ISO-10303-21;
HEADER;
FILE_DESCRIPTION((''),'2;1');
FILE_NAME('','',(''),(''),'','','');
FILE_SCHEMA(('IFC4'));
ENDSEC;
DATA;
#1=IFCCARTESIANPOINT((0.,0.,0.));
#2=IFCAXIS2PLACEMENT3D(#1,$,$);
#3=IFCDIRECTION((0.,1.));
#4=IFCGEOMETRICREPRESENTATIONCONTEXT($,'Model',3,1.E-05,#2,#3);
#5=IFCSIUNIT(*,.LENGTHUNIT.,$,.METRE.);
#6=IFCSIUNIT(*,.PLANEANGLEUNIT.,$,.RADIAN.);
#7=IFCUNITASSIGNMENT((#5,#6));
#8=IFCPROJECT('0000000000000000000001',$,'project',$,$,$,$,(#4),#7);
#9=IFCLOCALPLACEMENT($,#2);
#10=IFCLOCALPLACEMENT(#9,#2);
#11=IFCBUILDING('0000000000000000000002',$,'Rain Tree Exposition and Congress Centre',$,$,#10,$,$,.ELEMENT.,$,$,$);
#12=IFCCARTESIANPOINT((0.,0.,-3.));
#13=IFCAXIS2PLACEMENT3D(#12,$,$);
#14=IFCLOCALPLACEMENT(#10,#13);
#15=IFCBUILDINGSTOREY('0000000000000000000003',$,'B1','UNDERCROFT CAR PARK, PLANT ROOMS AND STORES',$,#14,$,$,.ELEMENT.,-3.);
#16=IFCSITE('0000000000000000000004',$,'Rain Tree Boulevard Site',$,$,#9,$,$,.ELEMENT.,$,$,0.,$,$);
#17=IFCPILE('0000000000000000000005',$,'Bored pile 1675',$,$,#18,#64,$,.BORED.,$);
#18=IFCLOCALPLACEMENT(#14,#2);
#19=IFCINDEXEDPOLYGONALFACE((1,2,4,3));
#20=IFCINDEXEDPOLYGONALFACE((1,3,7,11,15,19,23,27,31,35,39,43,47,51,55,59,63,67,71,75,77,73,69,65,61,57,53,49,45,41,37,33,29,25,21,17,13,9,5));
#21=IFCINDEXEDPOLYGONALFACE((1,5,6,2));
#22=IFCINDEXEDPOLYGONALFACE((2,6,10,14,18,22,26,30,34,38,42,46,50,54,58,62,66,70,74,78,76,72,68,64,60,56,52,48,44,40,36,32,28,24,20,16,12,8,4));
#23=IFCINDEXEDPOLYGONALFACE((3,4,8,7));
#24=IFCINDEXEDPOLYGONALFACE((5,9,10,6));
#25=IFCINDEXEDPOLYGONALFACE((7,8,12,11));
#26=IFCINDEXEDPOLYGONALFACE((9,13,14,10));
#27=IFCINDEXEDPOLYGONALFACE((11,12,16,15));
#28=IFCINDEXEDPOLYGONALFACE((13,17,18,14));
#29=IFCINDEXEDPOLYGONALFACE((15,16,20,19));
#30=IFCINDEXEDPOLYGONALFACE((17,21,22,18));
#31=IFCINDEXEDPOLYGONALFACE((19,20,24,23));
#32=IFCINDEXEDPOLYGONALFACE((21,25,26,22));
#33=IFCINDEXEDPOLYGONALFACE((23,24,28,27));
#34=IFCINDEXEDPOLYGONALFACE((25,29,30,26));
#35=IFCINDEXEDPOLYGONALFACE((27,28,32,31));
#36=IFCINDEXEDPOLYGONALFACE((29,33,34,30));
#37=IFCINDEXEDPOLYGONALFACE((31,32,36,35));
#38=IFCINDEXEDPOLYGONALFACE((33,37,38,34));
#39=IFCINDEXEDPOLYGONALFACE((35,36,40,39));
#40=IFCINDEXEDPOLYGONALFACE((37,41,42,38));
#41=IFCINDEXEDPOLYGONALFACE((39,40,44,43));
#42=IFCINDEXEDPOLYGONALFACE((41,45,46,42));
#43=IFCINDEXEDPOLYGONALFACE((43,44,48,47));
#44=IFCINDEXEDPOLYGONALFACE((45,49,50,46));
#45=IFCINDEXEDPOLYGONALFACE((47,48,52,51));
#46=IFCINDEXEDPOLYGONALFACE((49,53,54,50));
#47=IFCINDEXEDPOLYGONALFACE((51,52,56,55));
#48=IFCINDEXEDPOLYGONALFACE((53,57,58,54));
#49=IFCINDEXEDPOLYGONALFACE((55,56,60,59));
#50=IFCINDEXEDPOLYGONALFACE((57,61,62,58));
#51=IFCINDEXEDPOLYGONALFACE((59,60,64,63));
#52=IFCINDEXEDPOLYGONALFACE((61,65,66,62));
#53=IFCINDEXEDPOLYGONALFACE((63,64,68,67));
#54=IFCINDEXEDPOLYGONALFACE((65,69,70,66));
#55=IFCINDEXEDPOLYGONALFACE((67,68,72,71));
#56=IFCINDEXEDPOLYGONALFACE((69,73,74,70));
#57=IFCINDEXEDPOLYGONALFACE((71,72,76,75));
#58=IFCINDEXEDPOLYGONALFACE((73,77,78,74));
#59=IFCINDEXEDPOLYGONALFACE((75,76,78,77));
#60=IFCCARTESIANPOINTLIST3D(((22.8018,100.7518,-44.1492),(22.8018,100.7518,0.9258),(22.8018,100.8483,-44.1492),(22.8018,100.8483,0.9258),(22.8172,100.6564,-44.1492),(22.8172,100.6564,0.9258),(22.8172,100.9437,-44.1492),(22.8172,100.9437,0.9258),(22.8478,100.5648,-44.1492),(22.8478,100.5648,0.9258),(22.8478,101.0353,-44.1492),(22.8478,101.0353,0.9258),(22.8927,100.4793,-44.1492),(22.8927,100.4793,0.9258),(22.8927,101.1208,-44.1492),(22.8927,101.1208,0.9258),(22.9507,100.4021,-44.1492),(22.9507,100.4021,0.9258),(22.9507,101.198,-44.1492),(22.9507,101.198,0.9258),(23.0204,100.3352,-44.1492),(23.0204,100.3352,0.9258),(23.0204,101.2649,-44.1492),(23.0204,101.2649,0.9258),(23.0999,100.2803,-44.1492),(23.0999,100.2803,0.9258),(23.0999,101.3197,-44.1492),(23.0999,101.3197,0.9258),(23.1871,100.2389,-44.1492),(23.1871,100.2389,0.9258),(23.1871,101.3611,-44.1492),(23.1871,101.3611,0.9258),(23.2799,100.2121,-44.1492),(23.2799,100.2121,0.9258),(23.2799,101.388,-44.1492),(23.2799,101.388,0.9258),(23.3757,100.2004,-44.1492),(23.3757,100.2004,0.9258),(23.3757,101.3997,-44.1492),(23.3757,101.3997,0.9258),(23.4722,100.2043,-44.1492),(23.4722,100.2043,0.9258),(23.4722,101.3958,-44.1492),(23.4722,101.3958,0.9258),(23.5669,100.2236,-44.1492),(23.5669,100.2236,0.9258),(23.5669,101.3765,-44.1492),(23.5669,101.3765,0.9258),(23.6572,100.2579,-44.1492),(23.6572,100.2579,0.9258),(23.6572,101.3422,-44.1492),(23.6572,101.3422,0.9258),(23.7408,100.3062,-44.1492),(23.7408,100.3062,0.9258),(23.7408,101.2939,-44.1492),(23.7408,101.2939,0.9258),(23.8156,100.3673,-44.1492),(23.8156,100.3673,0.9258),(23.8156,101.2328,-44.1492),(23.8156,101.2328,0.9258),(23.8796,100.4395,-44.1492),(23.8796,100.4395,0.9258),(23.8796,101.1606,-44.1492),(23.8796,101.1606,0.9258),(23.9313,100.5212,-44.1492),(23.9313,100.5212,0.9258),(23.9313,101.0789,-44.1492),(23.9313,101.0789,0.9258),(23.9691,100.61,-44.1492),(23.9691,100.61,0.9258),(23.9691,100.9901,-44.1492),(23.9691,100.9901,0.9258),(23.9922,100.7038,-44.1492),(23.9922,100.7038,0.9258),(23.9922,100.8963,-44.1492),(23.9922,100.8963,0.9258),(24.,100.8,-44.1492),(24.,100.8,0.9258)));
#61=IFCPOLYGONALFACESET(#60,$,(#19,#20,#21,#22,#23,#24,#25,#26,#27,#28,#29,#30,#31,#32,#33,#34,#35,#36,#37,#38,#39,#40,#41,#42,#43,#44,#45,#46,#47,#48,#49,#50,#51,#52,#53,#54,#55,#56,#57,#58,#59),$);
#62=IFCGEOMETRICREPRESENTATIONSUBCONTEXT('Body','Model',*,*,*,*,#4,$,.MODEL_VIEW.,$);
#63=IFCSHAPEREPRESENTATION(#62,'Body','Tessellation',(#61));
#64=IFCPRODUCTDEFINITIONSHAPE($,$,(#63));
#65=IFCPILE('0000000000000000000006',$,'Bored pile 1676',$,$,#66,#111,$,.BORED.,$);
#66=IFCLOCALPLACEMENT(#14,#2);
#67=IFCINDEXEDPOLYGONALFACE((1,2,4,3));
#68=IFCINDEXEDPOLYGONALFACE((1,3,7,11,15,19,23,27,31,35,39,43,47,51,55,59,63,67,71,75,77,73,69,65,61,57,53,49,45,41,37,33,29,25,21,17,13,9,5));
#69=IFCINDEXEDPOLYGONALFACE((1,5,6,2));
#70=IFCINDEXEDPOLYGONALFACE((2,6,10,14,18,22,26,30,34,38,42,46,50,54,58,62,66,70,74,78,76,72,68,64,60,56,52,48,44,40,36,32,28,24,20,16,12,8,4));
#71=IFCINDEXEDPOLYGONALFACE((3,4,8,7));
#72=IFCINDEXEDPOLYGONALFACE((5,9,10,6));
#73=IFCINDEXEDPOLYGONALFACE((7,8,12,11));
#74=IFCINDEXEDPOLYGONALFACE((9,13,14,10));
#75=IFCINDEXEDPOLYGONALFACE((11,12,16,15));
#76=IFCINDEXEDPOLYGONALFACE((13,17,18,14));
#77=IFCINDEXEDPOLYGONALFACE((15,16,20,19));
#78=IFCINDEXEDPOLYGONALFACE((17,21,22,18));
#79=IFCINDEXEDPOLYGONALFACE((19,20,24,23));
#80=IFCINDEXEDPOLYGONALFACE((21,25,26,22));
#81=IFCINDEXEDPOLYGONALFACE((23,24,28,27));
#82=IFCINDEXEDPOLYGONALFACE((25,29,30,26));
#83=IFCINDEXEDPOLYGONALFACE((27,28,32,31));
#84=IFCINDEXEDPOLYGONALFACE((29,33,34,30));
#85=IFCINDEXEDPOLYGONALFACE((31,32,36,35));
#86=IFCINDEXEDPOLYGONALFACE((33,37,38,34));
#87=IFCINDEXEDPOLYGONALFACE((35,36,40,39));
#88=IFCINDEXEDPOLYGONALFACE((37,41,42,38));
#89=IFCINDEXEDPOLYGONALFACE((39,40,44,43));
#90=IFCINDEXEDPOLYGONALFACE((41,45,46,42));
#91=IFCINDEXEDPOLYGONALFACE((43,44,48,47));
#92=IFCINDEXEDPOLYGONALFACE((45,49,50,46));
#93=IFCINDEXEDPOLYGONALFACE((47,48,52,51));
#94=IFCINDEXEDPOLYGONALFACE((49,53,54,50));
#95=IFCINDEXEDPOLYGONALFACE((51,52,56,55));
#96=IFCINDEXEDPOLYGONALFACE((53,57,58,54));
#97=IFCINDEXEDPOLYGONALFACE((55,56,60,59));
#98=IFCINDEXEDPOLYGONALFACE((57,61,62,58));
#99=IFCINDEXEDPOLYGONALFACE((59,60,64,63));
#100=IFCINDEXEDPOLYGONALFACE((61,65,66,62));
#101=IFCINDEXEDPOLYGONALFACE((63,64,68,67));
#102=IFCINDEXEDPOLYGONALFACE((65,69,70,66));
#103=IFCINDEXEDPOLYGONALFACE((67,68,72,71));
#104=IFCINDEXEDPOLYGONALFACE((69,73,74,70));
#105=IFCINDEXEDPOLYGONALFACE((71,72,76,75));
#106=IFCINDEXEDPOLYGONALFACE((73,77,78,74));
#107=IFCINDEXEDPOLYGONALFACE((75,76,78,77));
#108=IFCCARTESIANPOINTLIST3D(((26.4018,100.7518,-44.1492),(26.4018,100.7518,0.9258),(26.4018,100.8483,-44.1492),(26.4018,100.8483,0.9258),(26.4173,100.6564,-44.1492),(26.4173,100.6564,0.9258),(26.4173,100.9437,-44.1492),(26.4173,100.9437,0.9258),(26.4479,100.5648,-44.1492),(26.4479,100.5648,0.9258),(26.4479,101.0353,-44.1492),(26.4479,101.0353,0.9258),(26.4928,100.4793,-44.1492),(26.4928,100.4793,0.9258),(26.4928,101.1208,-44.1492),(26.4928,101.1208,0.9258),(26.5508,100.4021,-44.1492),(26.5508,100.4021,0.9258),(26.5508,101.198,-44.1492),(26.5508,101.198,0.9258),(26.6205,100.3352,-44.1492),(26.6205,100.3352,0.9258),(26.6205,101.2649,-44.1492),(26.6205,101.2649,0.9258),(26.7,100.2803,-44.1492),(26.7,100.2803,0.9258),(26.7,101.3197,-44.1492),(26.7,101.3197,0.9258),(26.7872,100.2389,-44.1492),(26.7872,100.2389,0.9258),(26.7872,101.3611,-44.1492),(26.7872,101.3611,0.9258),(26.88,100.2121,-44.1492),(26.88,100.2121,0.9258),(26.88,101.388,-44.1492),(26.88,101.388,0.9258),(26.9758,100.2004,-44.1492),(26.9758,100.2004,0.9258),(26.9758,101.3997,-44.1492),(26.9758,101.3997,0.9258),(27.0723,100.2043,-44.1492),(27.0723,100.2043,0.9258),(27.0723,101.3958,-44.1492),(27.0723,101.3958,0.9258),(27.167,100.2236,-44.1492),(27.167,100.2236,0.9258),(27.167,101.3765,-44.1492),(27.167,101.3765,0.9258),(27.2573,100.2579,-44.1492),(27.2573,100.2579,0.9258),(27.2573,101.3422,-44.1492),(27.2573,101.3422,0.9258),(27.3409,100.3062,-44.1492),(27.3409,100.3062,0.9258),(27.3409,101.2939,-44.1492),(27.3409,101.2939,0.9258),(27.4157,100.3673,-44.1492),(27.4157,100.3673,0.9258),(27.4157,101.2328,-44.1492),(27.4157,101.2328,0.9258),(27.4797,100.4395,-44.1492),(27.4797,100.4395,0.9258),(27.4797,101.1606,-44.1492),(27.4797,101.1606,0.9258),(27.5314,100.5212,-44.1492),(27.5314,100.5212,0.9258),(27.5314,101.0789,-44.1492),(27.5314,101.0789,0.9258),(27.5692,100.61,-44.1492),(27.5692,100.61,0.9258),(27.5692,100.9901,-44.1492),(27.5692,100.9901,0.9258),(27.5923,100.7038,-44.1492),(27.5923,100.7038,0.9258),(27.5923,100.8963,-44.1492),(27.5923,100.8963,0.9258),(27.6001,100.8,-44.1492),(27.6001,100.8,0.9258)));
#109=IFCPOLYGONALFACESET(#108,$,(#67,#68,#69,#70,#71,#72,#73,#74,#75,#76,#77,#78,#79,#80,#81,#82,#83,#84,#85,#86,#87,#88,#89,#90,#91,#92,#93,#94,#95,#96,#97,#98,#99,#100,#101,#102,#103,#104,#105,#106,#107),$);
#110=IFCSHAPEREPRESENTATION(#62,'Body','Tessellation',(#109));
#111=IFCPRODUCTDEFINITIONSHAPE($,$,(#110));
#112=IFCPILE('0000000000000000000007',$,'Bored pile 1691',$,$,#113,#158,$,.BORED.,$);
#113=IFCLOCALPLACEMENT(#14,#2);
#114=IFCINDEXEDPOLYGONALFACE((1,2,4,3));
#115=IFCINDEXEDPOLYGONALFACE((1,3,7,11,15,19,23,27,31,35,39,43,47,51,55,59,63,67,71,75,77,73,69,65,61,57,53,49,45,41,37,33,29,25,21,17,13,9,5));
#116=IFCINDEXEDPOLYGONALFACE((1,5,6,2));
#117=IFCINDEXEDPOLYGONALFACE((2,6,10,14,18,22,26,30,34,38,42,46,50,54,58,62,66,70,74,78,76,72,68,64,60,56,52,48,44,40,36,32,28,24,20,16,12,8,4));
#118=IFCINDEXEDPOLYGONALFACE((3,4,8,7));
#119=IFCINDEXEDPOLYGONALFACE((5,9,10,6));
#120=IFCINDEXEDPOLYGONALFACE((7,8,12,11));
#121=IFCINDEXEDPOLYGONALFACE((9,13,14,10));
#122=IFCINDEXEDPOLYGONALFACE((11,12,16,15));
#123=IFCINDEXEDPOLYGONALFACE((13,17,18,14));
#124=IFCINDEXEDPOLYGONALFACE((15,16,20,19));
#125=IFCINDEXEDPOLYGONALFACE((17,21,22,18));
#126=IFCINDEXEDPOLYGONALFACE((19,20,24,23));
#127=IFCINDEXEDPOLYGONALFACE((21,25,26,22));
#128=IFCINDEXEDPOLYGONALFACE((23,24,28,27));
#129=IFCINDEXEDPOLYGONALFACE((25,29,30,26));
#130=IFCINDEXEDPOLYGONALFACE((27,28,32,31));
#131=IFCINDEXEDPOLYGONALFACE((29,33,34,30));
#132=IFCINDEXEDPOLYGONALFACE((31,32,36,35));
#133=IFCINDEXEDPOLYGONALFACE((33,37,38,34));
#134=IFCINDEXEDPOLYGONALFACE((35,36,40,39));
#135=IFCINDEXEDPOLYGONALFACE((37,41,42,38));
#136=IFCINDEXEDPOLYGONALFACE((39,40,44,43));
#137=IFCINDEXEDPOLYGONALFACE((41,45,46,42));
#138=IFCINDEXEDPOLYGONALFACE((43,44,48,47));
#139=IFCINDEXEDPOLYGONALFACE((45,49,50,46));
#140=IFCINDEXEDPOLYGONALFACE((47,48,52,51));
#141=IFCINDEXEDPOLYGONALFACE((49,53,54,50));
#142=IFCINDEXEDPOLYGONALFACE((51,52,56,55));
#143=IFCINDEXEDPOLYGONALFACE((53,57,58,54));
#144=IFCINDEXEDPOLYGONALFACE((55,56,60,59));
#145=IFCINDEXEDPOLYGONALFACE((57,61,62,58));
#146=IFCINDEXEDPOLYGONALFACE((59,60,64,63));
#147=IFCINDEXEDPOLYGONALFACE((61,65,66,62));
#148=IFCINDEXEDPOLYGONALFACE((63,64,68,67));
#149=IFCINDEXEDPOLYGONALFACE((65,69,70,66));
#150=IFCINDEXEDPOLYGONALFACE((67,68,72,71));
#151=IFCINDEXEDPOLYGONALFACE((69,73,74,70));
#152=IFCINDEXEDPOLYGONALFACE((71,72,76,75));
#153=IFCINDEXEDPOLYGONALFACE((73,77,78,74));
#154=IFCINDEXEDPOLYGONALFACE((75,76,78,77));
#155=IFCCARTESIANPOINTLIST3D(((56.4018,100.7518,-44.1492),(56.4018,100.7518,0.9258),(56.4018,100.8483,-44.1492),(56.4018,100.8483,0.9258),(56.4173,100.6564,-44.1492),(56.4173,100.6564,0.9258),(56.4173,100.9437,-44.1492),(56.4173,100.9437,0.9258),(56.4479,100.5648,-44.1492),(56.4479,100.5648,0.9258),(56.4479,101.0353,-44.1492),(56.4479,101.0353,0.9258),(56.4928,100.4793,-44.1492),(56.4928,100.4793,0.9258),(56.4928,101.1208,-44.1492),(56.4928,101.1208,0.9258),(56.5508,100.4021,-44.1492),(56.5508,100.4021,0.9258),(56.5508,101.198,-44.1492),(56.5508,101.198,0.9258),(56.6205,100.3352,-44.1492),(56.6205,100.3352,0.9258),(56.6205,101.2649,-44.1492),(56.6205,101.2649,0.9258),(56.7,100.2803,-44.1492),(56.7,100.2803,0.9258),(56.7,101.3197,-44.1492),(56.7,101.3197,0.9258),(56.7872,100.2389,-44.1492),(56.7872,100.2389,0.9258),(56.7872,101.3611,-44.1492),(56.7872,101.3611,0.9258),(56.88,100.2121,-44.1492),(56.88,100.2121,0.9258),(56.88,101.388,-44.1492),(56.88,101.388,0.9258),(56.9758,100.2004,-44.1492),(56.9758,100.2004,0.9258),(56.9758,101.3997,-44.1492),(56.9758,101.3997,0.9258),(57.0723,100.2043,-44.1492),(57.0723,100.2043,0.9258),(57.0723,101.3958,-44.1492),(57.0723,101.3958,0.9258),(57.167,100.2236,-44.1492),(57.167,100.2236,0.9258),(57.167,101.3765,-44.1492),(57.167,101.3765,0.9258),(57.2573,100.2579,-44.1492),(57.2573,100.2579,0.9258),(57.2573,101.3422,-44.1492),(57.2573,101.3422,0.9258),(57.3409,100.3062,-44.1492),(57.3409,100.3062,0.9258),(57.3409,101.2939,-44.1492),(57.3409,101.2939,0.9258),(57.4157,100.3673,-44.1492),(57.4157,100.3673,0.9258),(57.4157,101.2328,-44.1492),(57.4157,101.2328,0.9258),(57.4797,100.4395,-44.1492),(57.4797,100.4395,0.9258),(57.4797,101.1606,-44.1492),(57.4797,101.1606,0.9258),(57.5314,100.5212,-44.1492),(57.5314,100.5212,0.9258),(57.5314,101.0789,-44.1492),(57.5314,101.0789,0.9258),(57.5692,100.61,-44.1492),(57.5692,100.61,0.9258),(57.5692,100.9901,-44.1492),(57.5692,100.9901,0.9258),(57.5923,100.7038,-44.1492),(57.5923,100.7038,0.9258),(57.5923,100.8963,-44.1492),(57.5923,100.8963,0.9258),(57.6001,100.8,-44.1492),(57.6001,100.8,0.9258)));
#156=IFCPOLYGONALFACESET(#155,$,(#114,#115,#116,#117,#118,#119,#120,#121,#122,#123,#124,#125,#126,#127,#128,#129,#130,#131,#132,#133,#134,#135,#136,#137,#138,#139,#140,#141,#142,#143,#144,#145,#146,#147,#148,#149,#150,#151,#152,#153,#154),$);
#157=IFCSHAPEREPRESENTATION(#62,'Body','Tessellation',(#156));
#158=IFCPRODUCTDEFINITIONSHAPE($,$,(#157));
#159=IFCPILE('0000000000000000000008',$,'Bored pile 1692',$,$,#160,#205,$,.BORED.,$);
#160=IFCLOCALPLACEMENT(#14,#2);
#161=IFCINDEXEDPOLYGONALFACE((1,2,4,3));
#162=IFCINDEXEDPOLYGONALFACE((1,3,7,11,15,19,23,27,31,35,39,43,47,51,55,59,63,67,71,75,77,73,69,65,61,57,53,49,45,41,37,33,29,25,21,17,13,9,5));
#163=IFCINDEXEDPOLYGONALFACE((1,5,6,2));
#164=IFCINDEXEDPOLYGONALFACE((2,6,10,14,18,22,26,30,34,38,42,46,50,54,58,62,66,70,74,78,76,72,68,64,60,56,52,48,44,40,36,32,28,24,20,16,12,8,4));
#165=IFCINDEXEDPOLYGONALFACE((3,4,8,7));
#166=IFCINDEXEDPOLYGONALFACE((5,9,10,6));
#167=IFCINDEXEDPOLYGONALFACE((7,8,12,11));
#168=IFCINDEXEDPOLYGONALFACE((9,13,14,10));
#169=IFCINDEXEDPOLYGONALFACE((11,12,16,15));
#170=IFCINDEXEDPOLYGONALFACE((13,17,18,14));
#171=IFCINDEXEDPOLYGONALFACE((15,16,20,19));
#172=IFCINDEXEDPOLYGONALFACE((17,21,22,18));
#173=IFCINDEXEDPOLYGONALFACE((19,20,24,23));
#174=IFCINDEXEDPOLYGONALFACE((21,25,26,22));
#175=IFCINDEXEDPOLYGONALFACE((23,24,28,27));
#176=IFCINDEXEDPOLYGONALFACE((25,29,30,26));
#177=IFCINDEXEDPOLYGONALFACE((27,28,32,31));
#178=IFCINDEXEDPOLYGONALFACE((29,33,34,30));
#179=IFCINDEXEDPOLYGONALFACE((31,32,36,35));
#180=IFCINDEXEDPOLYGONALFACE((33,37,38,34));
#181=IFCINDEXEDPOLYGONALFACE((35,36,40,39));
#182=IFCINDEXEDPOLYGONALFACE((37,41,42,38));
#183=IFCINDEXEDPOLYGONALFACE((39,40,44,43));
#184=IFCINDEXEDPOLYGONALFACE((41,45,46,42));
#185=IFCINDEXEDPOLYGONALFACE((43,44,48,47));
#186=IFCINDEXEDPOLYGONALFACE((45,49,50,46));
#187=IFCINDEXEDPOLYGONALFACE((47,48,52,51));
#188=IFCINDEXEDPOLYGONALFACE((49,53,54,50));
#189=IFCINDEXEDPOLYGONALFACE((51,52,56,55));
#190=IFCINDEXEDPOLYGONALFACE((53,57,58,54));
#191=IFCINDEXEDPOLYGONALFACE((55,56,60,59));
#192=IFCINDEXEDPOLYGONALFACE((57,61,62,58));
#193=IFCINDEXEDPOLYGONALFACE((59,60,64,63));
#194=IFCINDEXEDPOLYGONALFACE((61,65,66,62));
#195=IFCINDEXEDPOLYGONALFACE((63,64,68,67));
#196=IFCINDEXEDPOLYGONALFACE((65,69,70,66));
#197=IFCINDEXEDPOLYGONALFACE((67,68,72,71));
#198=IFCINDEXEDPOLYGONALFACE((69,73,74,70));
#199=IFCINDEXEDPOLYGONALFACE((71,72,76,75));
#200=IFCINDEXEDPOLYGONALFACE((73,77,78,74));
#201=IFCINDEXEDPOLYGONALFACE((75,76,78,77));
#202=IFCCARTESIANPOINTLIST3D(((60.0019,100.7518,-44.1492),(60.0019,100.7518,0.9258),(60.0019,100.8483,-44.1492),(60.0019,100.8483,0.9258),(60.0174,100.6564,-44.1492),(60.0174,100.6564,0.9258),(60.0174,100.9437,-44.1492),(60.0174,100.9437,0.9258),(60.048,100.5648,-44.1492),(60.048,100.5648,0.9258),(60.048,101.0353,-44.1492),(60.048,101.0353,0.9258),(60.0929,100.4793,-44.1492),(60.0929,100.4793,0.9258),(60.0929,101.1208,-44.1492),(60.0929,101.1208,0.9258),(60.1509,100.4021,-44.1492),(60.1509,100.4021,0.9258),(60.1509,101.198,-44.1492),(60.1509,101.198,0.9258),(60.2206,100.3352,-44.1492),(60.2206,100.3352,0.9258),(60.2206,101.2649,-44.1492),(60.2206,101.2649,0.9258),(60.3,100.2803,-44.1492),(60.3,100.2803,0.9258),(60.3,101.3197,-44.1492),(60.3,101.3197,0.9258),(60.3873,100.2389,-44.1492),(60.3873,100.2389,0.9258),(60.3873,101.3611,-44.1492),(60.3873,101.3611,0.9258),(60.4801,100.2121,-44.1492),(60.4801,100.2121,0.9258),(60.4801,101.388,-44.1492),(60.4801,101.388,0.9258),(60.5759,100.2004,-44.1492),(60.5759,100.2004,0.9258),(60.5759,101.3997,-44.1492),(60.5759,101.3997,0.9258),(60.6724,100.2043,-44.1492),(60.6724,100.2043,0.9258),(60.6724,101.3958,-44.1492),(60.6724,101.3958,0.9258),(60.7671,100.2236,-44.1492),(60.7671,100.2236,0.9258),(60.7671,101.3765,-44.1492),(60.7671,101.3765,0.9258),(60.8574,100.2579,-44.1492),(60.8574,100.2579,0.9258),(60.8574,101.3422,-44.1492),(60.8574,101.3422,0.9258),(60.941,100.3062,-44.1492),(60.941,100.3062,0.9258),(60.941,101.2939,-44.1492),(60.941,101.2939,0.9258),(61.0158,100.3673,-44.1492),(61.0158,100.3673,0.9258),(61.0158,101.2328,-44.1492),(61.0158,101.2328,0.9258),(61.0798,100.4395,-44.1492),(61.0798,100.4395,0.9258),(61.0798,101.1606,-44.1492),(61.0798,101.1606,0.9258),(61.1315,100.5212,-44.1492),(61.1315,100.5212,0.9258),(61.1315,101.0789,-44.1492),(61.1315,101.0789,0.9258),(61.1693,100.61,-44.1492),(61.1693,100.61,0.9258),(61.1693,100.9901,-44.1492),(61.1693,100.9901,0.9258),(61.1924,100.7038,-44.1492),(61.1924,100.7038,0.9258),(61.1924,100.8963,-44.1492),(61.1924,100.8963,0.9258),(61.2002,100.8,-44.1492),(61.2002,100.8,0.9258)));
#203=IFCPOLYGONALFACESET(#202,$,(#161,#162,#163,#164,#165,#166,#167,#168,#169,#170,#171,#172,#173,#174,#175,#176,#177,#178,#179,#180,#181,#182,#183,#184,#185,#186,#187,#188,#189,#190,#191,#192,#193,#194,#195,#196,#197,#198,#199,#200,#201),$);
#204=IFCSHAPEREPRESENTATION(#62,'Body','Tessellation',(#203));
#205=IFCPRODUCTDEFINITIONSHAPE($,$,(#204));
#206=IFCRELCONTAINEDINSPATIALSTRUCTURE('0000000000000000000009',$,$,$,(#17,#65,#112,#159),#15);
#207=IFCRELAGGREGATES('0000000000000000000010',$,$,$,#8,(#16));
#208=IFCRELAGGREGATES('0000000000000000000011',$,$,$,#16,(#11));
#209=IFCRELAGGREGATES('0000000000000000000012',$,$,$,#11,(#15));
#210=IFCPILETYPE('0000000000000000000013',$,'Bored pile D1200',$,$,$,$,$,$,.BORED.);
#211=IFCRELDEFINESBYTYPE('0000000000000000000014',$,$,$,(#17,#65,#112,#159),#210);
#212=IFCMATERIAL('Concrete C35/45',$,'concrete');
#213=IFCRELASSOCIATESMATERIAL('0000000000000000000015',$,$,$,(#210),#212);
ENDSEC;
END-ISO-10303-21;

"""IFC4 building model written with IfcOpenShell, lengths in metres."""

from ifc_helpers import new_model, si_unit, direction, frame, origin, origin_2d, place, context, subcontext, project, spatial, circle, extrude, material, material_profile, profile_set, type_object, element, save


model = new_model("IFC4")

# Units and contexts
model_context = context("Model", 3, precision=1e-05, world=origin(), true_north=direction((0.0, 1.0)))
body_context = subcontext(model_context, "Body", "Model", "MODEL_VIEW")
ifc_project = project(units=[si_unit("LENGTHUNIT", "METRE"), si_unit("PLANEANGLEUNIT", "RADIAN")], contexts=[model_context])

# Site, building, storey
site_placement = place(None, origin())
site = spatial("IfcSite", under=ifc_project, at=site_placement, Name="Rain Tree Boulevard Site", CompositionType="ELEMENT", RefElevation=0.0)
building_placement = place(site_placement, origin())
building = spatial("IfcBuilding", under=site, at=building_placement, Name="Rain Tree Exposition and Congress Centre", CompositionType="ELEMENT")
storey_placement = place(building_placement, frame((0.0, 0.0, -3.0)))
storey = spatial("IfcBuildingStorey", under=building, at=storey_placement, Name="B1", Description="UNDERCROFT CAR PARK, PLANT ROOMS AND STORES", CompositionType="ELEMENT", Elevation=-3.0)

# Piles
ifc_material_1 = material(Name="Concrete C35/45", Category="concrete")
ifc_material_profile_1 = material_profile(ifc_material_1, circle(Radius=0.6001, at=origin_2d()), Name="D1200")
ifc_profile_set_1 = profile_set([ifc_material_profile_1], Name="Concrete C35/45")
pile_type_1 = type_object("IfcPileType", Name="Bored pile D1200", PredefinedType="BORED", material=ifc_profile_set_1)
for number, where, z_axis, x_axis, name in (
    (1, (23.3999, 100.8, 0.9258), (0.0, 0.0, -1.0), (1.0, 0.0, 0.0), "Bored pile 1675"),
    (2, (27.0, 100.8, 0.9258), (0.0, 0.0, -1.0), (1.0, 0.0, 0.0), "Bored pile 1676"),
    (3, (57.0, 100.8, 0.9258), (0.0, 0.0, -1.0), (1.0, 0.0, 0.0), "Bored pile 1691"),
    (4, (60.6001, 100.8, 0.9258), (0.0, 0.0, -1.0), (1.0, 0.0, 0.0), "Bored pile 1692"),
):
    element("IfcPile", number, at=place(storey_placement, frame(where, z_axis=z_axis, x_axis=x_axis)), inside=storey, type_object=pile_type_1, Name=name, PredefinedType="BORED", context=body_context, shape_type="SweptSolid", body=[
        extrude(circle(Radius=0.6001, at=origin_2d()), origin(), (0.0, 0.0, 1.0), 45.075),
    ])

save(model, "model.ifc")
